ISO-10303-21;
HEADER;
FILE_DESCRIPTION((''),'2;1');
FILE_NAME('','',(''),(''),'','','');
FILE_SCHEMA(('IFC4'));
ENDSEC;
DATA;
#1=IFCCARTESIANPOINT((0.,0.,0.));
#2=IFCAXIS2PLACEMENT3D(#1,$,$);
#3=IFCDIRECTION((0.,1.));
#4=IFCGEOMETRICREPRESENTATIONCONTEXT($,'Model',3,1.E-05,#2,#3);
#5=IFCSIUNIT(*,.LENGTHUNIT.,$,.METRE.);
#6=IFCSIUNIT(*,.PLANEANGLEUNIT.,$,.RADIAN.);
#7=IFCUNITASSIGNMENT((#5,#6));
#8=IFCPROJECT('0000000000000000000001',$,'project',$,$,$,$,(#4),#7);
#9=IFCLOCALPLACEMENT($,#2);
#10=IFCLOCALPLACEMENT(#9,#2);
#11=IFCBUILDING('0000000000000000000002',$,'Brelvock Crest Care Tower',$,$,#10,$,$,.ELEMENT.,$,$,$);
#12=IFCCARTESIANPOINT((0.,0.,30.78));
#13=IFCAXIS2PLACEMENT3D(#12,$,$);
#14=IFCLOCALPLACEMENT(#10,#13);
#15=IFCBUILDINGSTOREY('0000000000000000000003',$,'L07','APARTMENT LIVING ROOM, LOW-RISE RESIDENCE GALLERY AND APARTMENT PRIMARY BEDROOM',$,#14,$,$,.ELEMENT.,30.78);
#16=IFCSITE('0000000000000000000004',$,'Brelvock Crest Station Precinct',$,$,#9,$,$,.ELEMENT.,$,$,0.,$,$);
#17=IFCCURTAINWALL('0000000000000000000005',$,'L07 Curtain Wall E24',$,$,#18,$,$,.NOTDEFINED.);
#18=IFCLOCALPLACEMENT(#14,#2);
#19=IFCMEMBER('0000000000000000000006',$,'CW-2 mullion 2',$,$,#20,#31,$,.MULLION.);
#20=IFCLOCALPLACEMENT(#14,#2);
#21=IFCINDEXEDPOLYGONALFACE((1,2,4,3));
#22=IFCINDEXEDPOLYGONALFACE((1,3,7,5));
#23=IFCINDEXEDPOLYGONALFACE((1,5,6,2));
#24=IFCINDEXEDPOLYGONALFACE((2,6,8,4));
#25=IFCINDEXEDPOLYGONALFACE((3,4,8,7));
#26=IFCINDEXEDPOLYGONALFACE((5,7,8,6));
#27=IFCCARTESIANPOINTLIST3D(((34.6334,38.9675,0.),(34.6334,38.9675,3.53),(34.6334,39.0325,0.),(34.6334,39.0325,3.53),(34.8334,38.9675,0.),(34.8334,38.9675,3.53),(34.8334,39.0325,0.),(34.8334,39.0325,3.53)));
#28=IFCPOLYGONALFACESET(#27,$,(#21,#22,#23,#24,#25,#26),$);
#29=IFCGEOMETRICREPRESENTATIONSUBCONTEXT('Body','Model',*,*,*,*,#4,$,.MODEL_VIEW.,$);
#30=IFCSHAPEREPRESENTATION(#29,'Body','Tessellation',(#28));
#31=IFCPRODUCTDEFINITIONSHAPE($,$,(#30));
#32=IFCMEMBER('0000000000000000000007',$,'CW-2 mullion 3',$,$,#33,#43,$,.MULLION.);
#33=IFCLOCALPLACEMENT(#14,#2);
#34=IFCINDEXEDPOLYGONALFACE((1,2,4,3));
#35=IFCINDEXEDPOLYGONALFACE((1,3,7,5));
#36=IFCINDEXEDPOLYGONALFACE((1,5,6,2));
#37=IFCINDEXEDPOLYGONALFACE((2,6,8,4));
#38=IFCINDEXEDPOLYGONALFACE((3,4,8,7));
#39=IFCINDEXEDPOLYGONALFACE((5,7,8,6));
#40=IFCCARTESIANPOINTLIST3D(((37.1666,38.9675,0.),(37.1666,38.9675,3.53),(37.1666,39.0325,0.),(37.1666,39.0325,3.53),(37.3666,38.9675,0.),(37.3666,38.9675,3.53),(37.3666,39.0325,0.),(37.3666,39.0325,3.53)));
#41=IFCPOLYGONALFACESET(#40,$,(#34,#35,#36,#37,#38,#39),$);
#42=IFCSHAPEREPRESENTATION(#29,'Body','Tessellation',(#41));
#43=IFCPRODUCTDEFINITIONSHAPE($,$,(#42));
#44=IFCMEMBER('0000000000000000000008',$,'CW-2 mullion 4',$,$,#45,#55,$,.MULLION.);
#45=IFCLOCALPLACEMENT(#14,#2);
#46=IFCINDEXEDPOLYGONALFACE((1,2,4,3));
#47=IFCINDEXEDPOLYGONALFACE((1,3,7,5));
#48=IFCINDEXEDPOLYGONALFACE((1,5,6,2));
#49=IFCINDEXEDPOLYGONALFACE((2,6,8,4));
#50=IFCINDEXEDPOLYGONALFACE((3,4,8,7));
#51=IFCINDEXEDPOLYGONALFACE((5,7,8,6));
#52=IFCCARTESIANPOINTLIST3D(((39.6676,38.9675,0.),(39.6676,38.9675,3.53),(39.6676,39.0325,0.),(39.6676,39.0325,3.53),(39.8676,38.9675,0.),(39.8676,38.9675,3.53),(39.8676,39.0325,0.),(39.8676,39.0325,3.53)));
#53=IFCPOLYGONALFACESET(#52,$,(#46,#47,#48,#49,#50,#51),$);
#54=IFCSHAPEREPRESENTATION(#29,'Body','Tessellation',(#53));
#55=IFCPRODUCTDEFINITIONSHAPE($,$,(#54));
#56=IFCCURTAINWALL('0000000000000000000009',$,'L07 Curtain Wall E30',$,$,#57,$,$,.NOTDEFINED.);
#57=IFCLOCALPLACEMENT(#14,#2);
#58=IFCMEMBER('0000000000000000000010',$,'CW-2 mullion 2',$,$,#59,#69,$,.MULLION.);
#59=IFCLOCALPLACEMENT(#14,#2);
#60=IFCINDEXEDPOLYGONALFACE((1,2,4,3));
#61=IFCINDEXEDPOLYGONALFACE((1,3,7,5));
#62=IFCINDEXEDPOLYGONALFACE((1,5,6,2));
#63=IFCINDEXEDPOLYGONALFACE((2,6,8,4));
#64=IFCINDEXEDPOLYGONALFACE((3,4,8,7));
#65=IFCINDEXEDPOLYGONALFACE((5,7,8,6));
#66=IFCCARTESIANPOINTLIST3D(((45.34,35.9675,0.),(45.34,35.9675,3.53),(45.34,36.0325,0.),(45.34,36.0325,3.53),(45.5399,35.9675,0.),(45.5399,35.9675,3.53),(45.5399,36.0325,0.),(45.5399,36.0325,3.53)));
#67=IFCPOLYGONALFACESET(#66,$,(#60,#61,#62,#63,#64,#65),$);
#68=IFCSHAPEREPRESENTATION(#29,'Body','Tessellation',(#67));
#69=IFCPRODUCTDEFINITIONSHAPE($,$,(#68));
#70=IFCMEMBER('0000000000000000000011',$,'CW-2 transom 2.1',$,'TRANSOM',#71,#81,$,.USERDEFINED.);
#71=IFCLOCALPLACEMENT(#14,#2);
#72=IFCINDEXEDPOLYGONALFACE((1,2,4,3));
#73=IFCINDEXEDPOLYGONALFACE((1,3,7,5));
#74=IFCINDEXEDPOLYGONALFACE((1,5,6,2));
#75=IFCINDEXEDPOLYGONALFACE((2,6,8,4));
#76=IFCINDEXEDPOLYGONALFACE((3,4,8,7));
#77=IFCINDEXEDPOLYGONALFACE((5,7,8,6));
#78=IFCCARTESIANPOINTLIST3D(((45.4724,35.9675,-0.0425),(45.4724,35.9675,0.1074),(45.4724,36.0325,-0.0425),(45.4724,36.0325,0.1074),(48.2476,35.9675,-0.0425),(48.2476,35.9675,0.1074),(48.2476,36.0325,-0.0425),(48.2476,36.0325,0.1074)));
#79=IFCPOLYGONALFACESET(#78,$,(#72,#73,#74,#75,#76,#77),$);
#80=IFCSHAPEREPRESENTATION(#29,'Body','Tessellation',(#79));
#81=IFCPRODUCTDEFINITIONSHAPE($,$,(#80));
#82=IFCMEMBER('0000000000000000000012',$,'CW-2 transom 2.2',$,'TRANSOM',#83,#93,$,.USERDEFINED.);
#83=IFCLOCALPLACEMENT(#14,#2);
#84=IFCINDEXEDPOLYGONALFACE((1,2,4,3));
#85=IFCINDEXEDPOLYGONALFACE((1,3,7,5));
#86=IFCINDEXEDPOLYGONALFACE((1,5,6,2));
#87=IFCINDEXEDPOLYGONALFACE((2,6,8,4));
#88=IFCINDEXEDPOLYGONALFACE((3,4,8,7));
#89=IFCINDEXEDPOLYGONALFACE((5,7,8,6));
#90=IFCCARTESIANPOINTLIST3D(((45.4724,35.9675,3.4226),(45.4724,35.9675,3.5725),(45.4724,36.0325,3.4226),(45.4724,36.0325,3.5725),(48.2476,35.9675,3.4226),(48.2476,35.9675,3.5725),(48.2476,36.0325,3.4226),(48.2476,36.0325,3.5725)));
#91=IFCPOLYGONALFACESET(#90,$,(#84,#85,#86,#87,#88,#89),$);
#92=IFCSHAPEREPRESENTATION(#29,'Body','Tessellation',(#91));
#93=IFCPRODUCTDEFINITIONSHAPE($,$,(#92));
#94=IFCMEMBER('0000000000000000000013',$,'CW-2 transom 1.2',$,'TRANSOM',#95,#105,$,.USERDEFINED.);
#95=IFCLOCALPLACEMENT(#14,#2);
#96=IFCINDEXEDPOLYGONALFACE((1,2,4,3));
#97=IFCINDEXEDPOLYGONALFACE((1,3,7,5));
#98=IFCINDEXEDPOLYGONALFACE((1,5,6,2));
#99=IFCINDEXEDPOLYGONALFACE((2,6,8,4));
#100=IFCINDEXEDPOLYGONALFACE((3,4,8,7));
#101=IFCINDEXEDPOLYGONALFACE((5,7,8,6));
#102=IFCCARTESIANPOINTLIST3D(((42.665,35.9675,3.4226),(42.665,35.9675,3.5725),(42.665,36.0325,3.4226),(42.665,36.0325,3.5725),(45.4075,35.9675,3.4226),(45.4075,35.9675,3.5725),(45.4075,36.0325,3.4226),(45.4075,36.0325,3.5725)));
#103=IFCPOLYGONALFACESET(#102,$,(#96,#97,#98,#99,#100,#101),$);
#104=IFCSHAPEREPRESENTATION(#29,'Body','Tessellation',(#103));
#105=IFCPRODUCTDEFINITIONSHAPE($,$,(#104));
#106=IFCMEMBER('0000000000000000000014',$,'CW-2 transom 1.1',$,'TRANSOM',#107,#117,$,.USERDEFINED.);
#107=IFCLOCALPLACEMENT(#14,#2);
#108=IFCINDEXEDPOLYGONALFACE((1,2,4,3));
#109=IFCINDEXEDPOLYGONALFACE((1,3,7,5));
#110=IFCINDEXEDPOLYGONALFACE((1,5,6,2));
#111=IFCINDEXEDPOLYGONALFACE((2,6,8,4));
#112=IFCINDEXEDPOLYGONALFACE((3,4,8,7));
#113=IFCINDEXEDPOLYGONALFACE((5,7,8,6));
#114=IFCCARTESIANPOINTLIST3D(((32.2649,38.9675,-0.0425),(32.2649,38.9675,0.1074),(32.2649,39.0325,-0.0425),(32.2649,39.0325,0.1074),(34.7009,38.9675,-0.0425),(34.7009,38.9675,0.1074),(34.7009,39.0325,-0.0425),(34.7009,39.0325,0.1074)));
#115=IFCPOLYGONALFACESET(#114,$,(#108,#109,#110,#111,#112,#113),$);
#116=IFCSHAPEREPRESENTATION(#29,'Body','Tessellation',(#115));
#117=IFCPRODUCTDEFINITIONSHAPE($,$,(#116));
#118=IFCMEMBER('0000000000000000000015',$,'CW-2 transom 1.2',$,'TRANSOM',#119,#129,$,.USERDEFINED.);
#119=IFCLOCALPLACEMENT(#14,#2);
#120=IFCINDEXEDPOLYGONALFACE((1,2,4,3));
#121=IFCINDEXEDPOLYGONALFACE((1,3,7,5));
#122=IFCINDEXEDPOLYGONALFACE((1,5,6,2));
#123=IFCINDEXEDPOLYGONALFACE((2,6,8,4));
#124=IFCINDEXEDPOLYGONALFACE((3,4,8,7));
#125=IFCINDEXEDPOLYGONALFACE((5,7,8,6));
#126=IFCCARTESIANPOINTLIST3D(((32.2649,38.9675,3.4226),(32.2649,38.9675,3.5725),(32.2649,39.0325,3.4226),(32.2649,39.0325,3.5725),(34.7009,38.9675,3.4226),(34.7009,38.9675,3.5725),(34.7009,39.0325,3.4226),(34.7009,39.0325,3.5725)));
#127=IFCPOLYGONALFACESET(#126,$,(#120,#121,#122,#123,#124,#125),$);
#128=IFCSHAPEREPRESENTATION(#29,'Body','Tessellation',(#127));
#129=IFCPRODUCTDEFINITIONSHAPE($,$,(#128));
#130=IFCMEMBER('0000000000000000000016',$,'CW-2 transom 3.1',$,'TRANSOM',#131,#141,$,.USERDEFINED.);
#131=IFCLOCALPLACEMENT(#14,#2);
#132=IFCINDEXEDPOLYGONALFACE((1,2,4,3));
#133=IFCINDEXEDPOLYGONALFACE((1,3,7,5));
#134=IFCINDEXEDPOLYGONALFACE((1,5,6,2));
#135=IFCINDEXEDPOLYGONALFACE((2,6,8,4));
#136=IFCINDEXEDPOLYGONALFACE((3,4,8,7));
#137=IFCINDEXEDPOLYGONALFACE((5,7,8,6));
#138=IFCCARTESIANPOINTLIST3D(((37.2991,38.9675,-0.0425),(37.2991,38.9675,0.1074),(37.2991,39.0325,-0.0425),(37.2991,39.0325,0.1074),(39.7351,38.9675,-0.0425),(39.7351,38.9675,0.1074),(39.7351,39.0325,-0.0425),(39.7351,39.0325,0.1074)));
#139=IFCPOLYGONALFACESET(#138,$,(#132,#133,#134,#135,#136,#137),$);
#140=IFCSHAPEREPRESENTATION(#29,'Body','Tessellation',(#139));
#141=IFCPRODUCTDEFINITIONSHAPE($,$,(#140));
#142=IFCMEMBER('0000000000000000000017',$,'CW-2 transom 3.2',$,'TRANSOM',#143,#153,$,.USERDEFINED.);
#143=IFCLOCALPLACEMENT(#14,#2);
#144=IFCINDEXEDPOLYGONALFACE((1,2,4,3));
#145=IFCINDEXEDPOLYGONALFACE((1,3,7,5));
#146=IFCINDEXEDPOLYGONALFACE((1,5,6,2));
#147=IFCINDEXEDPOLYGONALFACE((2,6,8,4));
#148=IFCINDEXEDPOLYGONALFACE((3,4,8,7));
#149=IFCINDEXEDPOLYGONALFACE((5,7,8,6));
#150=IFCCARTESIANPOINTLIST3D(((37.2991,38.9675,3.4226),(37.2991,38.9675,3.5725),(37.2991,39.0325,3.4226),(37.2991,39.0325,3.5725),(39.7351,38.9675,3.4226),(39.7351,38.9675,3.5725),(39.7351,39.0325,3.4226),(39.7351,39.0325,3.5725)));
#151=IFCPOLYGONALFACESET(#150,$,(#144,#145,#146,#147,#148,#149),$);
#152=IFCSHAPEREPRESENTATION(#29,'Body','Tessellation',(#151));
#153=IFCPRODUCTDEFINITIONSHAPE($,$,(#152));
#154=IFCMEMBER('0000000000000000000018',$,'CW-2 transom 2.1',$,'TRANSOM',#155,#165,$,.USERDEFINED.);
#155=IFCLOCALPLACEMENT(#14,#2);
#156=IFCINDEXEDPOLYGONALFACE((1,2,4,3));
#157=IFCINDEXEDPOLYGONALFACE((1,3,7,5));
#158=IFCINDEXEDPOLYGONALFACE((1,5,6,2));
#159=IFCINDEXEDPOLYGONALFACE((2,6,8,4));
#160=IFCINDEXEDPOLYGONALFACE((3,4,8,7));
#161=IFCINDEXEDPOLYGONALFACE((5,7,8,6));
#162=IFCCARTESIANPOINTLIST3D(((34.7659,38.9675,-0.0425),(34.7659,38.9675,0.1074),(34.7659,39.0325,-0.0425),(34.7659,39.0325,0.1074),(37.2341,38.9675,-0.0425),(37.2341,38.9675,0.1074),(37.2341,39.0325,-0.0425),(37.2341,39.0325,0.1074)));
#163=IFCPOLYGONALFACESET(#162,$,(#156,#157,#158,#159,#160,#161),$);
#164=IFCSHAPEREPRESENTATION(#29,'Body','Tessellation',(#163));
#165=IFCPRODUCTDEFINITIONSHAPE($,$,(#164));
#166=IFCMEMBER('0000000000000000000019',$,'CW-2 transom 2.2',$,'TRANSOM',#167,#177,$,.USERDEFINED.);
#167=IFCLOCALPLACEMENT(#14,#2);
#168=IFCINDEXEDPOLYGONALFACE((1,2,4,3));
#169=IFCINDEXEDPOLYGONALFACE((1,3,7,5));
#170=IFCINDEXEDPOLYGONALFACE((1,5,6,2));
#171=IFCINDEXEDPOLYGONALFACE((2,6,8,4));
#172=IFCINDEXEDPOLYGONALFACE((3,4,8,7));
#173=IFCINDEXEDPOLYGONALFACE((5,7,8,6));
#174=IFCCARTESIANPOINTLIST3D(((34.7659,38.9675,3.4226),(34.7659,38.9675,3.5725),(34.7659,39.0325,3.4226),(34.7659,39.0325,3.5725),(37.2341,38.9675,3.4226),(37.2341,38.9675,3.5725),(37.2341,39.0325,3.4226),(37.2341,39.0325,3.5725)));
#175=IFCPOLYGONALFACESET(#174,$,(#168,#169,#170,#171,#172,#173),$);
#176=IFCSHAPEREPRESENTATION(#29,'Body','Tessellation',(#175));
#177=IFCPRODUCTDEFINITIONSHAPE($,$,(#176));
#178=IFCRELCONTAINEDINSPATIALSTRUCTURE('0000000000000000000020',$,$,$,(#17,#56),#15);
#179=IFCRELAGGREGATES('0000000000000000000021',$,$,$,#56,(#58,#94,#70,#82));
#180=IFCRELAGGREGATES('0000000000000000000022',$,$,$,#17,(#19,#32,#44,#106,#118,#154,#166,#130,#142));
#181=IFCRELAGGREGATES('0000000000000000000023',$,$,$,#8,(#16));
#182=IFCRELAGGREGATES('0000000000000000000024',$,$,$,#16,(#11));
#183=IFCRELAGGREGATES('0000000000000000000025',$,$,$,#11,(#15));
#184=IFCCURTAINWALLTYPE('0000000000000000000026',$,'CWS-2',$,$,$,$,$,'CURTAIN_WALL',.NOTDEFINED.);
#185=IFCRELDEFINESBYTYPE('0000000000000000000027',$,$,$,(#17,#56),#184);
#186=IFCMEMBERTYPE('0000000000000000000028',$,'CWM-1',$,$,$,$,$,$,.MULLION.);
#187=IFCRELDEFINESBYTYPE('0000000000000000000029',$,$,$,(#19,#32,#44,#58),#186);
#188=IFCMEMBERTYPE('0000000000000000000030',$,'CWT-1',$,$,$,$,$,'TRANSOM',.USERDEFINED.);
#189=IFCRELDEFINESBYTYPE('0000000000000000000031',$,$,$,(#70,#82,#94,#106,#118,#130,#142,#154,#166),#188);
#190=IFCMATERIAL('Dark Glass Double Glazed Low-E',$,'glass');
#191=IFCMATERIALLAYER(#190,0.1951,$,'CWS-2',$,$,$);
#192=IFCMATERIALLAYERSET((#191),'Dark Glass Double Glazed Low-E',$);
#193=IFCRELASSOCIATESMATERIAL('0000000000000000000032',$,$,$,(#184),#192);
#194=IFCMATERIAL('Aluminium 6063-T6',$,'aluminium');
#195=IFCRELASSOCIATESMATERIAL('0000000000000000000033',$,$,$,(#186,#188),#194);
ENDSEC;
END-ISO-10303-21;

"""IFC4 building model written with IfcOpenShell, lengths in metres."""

from ifc_helpers import new_model, si_unit, direction, frame, origin, origin_2d, place, context, subcontext, project, spatial, rectangle, extrude, source, transform, mapped, material, layer, layer_set, material_profile, profile_set, type_object, element, aggregate, save


model = new_model("IFC4")

# Units and contexts
model_context = context("Model", 3, precision=1e-05, world=origin(), true_north=direction((0.0, 1.0)))
body_context = subcontext(model_context, "Body", "Model", "MODEL_VIEW")
ifc_project = project(units=[si_unit("LENGTHUNIT", "METRE"), si_unit("PLANEANGLEUNIT", "RADIAN")], contexts=[model_context])

# Site, building, storey
site_placement = place(None, origin())
site = spatial("IfcSite", under=ifc_project, at=site_placement, Name="Brelvock Crest Station Precinct", CompositionType="ELEMENT", RefElevation=0.0)
building_placement = place(site_placement, origin())
building = spatial("IfcBuilding", under=site, at=building_placement, Name="Brelvock Crest Care Tower", CompositionType="ELEMENT")
storey_placement = place(building_placement, frame((0.0, 0.0, 30.78)))
storey = spatial("IfcBuildingStorey", under=building, at=storey_placement, Name="L07", Description="APARTMENT LIVING ROOM, LOW-RISE RESIDENCE GALLERY AND APARTMENT PRIMARY BEDROOM", CompositionType="ELEMENT", Elevation=30.78)

# Curtain walls, members
ifc_material_1 = material(Name="Dark Glass Double Glazed Low-E", Category="glass")
ifc_layer_1 = layer(ifc_material_1, 0.1951, Name="CWS-2")
ifc_layer_set_1 = layer_set([ifc_layer_1], Name="Dark Glass Double Glazed Low-E")
curtain_wall_type = type_object("IfcCurtainWallType", Name="CWS-2", ElementType="CURTAIN_WALL", PredefinedType="NOTDEFINED", material=ifc_layer_set_1)
curtain_wall_1_placement = place(storey_placement, origin())
curtain_wall_1 = element("IfcCurtainWall", 1, at=curtain_wall_1_placement, inside=storey, type_object=curtain_wall_type, Name="L07 Curtain Wall E24", PredefinedType="NOTDEFINED")
ifc_material_2 = material(Name="Aluminium 6063-T6", Category="aluminium")
ifc_material_profile_1 = material_profile(ifc_material_2, rectangle(XDim=0.0649, YDim=0.2, at=origin_2d()), Name="ALU65x200")
ifc_profile_set_1 = profile_set([ifc_material_profile_1], Name="Aluminium 6063-T6")
member_type_1 = type_object("IfcMemberType", Name="CWM-1", PredefinedType="MULLION", material=ifc_profile_set_1)
shared_shape_1 = source(origin(), body_context, "Body", "SweptSolid", [
    extrude(rectangle(XDim=0.0649, YDim=0.2, at=origin_2d()), origin(), (0.0, 0.0, 1.0), 3.53),
])
member_1_placement = place(storey_placement, frame((34.7334, 39.0, 0.0), z_axis=(0.0, 0.0, 1.0), x_axis=(0.0, 1.0, 0.0)))
member_1 = element("IfcMember", 2, at=member_1_placement, type_object=member_type_1, Name="CW-2 mullion 2", PredefinedType="MULLION", context=body_context, shape_type="MappedRepresentation", body=[
    mapped(shared_shape_1, transform((0.0, 0.0, 0.0), x_axis=(1.0, 0.0, 0.0), y_axis=(0.0, 1.0, 0.0), z_axis=(0.0, 0.0, 1.0), scale=1.0)),
])
member_2_placement = place(storey_placement, frame((37.2666, 39.0, 0.0), z_axis=(0.0, 0.0, 1.0), x_axis=(0.0, 1.0, 0.0)))
member_2 = element("IfcMember", 3, at=member_2_placement, type_object=member_type_1, Name="CW-2 mullion 3", PredefinedType="MULLION", context=body_context, shape_type="MappedRepresentation", body=[
    mapped(shared_shape_1, transform((0.0, 0.0, 0.0), x_axis=(1.0, 0.0, 0.0), y_axis=(0.0, 1.0, 0.0), z_axis=(0.0, 0.0, 1.0), scale=1.0)),
])
member_3_placement = place(storey_placement, frame((39.7676, 39.0, 0.0), z_axis=(0.0, 0.0, 1.0), x_axis=(0.0, 1.0, 0.0)))
member_3 = element("IfcMember", 4, at=member_3_placement, type_object=member_type_1, Name="CW-2 mullion 4", PredefinedType="MULLION", context=body_context, shape_type="MappedRepresentation", body=[
    mapped(shared_shape_1, transform((0.0, 0.0, 0.0), x_axis=(1.0, 0.0, 0.0), y_axis=(0.0, 1.0, 0.0), z_axis=(0.0, 0.0, 1.0), scale=1.0)),
])
curtain_wall_2_placement = place(storey_placement, origin())
curtain_wall_2 = element("IfcCurtainWall", 5, at=curtain_wall_2_placement, inside=storey, type_object=curtain_wall_type, Name="L07 Curtain Wall E30", PredefinedType="NOTDEFINED")
member_4_placement = place(storey_placement, frame((45.4399, 36.0, 0.0), z_axis=(0.0, 0.0, 1.0), x_axis=(0.0, 1.0, 0.0)))
member_4 = element("IfcMember", 6, at=member_4_placement, type_object=member_type_1, Name="CW-2 mullion 2", PredefinedType="MULLION", context=body_context, shape_type="MappedRepresentation", body=[
    mapped(shared_shape_1, transform((0.0, 0.0, 0.0), x_axis=(1.0, 0.0, 0.0), y_axis=(0.0, 1.0, 0.0), z_axis=(0.0, 0.0, 1.0), scale=1.0)),
])
ifc_material_profile_2 = material_profile(ifc_material_2, rectangle(XDim=0.0649, YDim=0.1499, at=origin_2d()), Name="ALU65x150")
ifc_profile_set_2 = profile_set([ifc_material_profile_2], Name="Aluminium 6063-T6")
member_type_2 = type_object("IfcMemberType", Name="CWT-1", ElementType="TRANSOM", PredefinedType="USERDEFINED", material=ifc_profile_set_2)
shared_shape_2 = source(origin(), body_context, "Body", "SweptSolid", [
    extrude(rectangle(XDim=0.0649, YDim=0.1499, at=origin_2d()), origin(), (0.0, 0.0, 1.0), 2.7751),
])
member_5_placement = place(storey_placement, frame((45.4724, 36.0, 0.0325), z_axis=(1.0, 0.0, 0.0), x_axis=(0.0, 1.0, 0.0)))
member_5 = element("IfcMember", 7, at=member_5_placement, type_object=member_type_2, Name="CW-2 transom 2.1", ObjectType="TRANSOM", PredefinedType="USERDEFINED", context=body_context, shape_type="MappedRepresentation", body=[
    mapped(shared_shape_2, transform((0.0, 0.0, 0.0), x_axis=(1.0, 0.0, 0.0), y_axis=(0.0, 1.0, 0.0), z_axis=(0.0, 0.0, 1.0), scale=1.0)),
])
member_6_placement = place(storey_placement, frame((45.4724, 36.0, 3.4976), z_axis=(1.0, 0.0, 0.0), x_axis=(0.0, 1.0, 0.0)))
member_6 = element("IfcMember", 8, at=member_6_placement, type_object=member_type_2, Name="CW-2 transom 2.2", ObjectType="TRANSOM", PredefinedType="USERDEFINED", context=body_context, shape_type="MappedRepresentation", body=[
    mapped(shared_shape_2, transform((0.0, 0.0, 0.0), x_axis=(1.0, 0.0, 0.0), y_axis=(0.0, 1.0, 0.0), z_axis=(0.0, 0.0, 1.0), scale=1.0)),
])
shared_shape_3 = source(origin(), body_context, "Body", "SweptSolid", [
    extrude(rectangle(XDim=0.0649, YDim=0.1499, at=origin_2d()), origin(), (0.0, 0.0, 1.0), 2.7424),
])
member_7_placement = place(storey_placement, frame((42.665, 36.0, 3.4976), z_axis=(1.0, 0.0, 0.0), x_axis=(0.0, 1.0, 0.0)))
member_7 = element("IfcMember", 9, at=member_7_placement, type_object=member_type_2, Name="CW-2 transom 1.2", ObjectType="TRANSOM", PredefinedType="USERDEFINED", context=body_context, shape_type="MappedRepresentation", body=[
    mapped(shared_shape_3, transform((0.0, 0.0, 0.0), x_axis=(1.0, 0.0, 0.0), y_axis=(0.0, 1.0, 0.0), z_axis=(0.0, 0.0, 1.0), scale=1.0)),
])

# Members
shared_shape_4 = source(origin(), body_context, "Body", "SweptSolid", [
    extrude(rectangle(XDim=0.0649, YDim=0.1499, at=origin_2d()), origin(), (0.0, 0.0, 1.0), 2.436),
])
member_8_placement = place(storey_placement, frame((32.2649, 39.0, 0.0325), z_axis=(1.0, 0.0, 0.0), x_axis=(0.0, 1.0, 0.0)))
member_8 = element("IfcMember", 10, at=member_8_placement, type_object=member_type_2, Name="CW-2 transom 1.1", ObjectType="TRANSOM", PredefinedType="USERDEFINED", context=body_context, shape_type="MappedRepresentation", body=[
    mapped(shared_shape_4, transform((0.0, 0.0, 0.0), x_axis=(1.0, 0.0, 0.0), y_axis=(0.0, 1.0, 0.0), z_axis=(0.0, 0.0, 1.0), scale=1.0)),
])
member_9_placement = place(storey_placement, frame((32.2649, 39.0, 3.4976), z_axis=(1.0, 0.0, 0.0), x_axis=(0.0, 1.0, 0.0)))
member_9 = element("IfcMember", 11, at=member_9_placement, type_object=member_type_2, Name="CW-2 transom 1.2", ObjectType="TRANSOM", PredefinedType="USERDEFINED", context=body_context, shape_type="MappedRepresentation", body=[
    mapped(shared_shape_4, transform((0.0, 0.0, 0.0), x_axis=(1.0, 0.0, 0.0), y_axis=(0.0, 1.0, 0.0), z_axis=(0.0, 0.0, 1.0), scale=1.0)),
])
member_10_placement = place(storey_placement, frame((37.2991, 39.0, 0.0325), z_axis=(1.0, 0.0, 0.0), x_axis=(0.0, 1.0, 0.0)))
member_10 = element("IfcMember", 12, at=member_10_placement, type_object=member_type_2, Name="CW-2 transom 3.1", ObjectType="TRANSOM", PredefinedType="USERDEFINED", context=body_context, shape_type="MappedRepresentation", body=[
    mapped(shared_shape_4, transform((0.0, 0.0, 0.0), x_axis=(1.0, 0.0, 0.0), y_axis=(0.0, 1.0, 0.0), z_axis=(0.0, 0.0, 1.0), scale=1.0)),
])
member_11_placement = place(storey_placement, frame((37.2991, 39.0, 3.4976), z_axis=(1.0, 0.0, 0.0), x_axis=(0.0, 1.0, 0.0)))
member_11 = element("IfcMember", 13, at=member_11_placement, type_object=member_type_2, Name="CW-2 transom 3.2", ObjectType="TRANSOM", PredefinedType="USERDEFINED", context=body_context, shape_type="MappedRepresentation", body=[
    mapped(shared_shape_4, transform((0.0, 0.0, 0.0), x_axis=(1.0, 0.0, 0.0), y_axis=(0.0, 1.0, 0.0), z_axis=(0.0, 0.0, 1.0), scale=1.0)),
])
shared_shape_5 = source(origin(), body_context, "Body", "SweptSolid", [
    extrude(rectangle(XDim=0.0649, YDim=0.1499, at=origin_2d()), origin(), (0.0, 0.0, 1.0), 2.4683),
])
member_12_placement = place(storey_placement, frame((34.7659, 39.0, 0.0325), z_axis=(1.0, 0.0, 0.0), x_axis=(0.0, 1.0, 0.0)))
member_12 = element("IfcMember", 14, at=member_12_placement, type_object=member_type_2, Name="CW-2 transom 2.1", ObjectType="TRANSOM", PredefinedType="USERDEFINED", context=body_context, shape_type="MappedRepresentation", body=[
    mapped(shared_shape_5, transform((0.0, 0.0, 0.0), x_axis=(1.0, 0.0, 0.0), y_axis=(0.0, 1.0, 0.0), z_axis=(0.0, 0.0, 1.0), scale=1.0)),
])
member_13_placement = place(storey_placement, frame((34.7659, 39.0, 3.4976), z_axis=(1.0, 0.0, 0.0), x_axis=(0.0, 1.0, 0.0)))
member_13 = element("IfcMember", 15, at=member_13_placement, type_object=member_type_2, Name="CW-2 transom 2.2", ObjectType="TRANSOM", PredefinedType="USERDEFINED", context=body_context, shape_type="MappedRepresentation", body=[
    mapped(shared_shape_5, transform((0.0, 0.0, 0.0), x_axis=(1.0, 0.0, 0.0), y_axis=(0.0, 1.0, 0.0), z_axis=(0.0, 0.0, 1.0), scale=1.0)),
])

aggregate(curtain_wall_2, [member_4, member_7, member_5, member_6])
aggregate(curtain_wall_1, [member_1, member_2, member_3, member_8, member_9, member_12, member_13, member_10, member_11])

save(model, "model.ifc")
